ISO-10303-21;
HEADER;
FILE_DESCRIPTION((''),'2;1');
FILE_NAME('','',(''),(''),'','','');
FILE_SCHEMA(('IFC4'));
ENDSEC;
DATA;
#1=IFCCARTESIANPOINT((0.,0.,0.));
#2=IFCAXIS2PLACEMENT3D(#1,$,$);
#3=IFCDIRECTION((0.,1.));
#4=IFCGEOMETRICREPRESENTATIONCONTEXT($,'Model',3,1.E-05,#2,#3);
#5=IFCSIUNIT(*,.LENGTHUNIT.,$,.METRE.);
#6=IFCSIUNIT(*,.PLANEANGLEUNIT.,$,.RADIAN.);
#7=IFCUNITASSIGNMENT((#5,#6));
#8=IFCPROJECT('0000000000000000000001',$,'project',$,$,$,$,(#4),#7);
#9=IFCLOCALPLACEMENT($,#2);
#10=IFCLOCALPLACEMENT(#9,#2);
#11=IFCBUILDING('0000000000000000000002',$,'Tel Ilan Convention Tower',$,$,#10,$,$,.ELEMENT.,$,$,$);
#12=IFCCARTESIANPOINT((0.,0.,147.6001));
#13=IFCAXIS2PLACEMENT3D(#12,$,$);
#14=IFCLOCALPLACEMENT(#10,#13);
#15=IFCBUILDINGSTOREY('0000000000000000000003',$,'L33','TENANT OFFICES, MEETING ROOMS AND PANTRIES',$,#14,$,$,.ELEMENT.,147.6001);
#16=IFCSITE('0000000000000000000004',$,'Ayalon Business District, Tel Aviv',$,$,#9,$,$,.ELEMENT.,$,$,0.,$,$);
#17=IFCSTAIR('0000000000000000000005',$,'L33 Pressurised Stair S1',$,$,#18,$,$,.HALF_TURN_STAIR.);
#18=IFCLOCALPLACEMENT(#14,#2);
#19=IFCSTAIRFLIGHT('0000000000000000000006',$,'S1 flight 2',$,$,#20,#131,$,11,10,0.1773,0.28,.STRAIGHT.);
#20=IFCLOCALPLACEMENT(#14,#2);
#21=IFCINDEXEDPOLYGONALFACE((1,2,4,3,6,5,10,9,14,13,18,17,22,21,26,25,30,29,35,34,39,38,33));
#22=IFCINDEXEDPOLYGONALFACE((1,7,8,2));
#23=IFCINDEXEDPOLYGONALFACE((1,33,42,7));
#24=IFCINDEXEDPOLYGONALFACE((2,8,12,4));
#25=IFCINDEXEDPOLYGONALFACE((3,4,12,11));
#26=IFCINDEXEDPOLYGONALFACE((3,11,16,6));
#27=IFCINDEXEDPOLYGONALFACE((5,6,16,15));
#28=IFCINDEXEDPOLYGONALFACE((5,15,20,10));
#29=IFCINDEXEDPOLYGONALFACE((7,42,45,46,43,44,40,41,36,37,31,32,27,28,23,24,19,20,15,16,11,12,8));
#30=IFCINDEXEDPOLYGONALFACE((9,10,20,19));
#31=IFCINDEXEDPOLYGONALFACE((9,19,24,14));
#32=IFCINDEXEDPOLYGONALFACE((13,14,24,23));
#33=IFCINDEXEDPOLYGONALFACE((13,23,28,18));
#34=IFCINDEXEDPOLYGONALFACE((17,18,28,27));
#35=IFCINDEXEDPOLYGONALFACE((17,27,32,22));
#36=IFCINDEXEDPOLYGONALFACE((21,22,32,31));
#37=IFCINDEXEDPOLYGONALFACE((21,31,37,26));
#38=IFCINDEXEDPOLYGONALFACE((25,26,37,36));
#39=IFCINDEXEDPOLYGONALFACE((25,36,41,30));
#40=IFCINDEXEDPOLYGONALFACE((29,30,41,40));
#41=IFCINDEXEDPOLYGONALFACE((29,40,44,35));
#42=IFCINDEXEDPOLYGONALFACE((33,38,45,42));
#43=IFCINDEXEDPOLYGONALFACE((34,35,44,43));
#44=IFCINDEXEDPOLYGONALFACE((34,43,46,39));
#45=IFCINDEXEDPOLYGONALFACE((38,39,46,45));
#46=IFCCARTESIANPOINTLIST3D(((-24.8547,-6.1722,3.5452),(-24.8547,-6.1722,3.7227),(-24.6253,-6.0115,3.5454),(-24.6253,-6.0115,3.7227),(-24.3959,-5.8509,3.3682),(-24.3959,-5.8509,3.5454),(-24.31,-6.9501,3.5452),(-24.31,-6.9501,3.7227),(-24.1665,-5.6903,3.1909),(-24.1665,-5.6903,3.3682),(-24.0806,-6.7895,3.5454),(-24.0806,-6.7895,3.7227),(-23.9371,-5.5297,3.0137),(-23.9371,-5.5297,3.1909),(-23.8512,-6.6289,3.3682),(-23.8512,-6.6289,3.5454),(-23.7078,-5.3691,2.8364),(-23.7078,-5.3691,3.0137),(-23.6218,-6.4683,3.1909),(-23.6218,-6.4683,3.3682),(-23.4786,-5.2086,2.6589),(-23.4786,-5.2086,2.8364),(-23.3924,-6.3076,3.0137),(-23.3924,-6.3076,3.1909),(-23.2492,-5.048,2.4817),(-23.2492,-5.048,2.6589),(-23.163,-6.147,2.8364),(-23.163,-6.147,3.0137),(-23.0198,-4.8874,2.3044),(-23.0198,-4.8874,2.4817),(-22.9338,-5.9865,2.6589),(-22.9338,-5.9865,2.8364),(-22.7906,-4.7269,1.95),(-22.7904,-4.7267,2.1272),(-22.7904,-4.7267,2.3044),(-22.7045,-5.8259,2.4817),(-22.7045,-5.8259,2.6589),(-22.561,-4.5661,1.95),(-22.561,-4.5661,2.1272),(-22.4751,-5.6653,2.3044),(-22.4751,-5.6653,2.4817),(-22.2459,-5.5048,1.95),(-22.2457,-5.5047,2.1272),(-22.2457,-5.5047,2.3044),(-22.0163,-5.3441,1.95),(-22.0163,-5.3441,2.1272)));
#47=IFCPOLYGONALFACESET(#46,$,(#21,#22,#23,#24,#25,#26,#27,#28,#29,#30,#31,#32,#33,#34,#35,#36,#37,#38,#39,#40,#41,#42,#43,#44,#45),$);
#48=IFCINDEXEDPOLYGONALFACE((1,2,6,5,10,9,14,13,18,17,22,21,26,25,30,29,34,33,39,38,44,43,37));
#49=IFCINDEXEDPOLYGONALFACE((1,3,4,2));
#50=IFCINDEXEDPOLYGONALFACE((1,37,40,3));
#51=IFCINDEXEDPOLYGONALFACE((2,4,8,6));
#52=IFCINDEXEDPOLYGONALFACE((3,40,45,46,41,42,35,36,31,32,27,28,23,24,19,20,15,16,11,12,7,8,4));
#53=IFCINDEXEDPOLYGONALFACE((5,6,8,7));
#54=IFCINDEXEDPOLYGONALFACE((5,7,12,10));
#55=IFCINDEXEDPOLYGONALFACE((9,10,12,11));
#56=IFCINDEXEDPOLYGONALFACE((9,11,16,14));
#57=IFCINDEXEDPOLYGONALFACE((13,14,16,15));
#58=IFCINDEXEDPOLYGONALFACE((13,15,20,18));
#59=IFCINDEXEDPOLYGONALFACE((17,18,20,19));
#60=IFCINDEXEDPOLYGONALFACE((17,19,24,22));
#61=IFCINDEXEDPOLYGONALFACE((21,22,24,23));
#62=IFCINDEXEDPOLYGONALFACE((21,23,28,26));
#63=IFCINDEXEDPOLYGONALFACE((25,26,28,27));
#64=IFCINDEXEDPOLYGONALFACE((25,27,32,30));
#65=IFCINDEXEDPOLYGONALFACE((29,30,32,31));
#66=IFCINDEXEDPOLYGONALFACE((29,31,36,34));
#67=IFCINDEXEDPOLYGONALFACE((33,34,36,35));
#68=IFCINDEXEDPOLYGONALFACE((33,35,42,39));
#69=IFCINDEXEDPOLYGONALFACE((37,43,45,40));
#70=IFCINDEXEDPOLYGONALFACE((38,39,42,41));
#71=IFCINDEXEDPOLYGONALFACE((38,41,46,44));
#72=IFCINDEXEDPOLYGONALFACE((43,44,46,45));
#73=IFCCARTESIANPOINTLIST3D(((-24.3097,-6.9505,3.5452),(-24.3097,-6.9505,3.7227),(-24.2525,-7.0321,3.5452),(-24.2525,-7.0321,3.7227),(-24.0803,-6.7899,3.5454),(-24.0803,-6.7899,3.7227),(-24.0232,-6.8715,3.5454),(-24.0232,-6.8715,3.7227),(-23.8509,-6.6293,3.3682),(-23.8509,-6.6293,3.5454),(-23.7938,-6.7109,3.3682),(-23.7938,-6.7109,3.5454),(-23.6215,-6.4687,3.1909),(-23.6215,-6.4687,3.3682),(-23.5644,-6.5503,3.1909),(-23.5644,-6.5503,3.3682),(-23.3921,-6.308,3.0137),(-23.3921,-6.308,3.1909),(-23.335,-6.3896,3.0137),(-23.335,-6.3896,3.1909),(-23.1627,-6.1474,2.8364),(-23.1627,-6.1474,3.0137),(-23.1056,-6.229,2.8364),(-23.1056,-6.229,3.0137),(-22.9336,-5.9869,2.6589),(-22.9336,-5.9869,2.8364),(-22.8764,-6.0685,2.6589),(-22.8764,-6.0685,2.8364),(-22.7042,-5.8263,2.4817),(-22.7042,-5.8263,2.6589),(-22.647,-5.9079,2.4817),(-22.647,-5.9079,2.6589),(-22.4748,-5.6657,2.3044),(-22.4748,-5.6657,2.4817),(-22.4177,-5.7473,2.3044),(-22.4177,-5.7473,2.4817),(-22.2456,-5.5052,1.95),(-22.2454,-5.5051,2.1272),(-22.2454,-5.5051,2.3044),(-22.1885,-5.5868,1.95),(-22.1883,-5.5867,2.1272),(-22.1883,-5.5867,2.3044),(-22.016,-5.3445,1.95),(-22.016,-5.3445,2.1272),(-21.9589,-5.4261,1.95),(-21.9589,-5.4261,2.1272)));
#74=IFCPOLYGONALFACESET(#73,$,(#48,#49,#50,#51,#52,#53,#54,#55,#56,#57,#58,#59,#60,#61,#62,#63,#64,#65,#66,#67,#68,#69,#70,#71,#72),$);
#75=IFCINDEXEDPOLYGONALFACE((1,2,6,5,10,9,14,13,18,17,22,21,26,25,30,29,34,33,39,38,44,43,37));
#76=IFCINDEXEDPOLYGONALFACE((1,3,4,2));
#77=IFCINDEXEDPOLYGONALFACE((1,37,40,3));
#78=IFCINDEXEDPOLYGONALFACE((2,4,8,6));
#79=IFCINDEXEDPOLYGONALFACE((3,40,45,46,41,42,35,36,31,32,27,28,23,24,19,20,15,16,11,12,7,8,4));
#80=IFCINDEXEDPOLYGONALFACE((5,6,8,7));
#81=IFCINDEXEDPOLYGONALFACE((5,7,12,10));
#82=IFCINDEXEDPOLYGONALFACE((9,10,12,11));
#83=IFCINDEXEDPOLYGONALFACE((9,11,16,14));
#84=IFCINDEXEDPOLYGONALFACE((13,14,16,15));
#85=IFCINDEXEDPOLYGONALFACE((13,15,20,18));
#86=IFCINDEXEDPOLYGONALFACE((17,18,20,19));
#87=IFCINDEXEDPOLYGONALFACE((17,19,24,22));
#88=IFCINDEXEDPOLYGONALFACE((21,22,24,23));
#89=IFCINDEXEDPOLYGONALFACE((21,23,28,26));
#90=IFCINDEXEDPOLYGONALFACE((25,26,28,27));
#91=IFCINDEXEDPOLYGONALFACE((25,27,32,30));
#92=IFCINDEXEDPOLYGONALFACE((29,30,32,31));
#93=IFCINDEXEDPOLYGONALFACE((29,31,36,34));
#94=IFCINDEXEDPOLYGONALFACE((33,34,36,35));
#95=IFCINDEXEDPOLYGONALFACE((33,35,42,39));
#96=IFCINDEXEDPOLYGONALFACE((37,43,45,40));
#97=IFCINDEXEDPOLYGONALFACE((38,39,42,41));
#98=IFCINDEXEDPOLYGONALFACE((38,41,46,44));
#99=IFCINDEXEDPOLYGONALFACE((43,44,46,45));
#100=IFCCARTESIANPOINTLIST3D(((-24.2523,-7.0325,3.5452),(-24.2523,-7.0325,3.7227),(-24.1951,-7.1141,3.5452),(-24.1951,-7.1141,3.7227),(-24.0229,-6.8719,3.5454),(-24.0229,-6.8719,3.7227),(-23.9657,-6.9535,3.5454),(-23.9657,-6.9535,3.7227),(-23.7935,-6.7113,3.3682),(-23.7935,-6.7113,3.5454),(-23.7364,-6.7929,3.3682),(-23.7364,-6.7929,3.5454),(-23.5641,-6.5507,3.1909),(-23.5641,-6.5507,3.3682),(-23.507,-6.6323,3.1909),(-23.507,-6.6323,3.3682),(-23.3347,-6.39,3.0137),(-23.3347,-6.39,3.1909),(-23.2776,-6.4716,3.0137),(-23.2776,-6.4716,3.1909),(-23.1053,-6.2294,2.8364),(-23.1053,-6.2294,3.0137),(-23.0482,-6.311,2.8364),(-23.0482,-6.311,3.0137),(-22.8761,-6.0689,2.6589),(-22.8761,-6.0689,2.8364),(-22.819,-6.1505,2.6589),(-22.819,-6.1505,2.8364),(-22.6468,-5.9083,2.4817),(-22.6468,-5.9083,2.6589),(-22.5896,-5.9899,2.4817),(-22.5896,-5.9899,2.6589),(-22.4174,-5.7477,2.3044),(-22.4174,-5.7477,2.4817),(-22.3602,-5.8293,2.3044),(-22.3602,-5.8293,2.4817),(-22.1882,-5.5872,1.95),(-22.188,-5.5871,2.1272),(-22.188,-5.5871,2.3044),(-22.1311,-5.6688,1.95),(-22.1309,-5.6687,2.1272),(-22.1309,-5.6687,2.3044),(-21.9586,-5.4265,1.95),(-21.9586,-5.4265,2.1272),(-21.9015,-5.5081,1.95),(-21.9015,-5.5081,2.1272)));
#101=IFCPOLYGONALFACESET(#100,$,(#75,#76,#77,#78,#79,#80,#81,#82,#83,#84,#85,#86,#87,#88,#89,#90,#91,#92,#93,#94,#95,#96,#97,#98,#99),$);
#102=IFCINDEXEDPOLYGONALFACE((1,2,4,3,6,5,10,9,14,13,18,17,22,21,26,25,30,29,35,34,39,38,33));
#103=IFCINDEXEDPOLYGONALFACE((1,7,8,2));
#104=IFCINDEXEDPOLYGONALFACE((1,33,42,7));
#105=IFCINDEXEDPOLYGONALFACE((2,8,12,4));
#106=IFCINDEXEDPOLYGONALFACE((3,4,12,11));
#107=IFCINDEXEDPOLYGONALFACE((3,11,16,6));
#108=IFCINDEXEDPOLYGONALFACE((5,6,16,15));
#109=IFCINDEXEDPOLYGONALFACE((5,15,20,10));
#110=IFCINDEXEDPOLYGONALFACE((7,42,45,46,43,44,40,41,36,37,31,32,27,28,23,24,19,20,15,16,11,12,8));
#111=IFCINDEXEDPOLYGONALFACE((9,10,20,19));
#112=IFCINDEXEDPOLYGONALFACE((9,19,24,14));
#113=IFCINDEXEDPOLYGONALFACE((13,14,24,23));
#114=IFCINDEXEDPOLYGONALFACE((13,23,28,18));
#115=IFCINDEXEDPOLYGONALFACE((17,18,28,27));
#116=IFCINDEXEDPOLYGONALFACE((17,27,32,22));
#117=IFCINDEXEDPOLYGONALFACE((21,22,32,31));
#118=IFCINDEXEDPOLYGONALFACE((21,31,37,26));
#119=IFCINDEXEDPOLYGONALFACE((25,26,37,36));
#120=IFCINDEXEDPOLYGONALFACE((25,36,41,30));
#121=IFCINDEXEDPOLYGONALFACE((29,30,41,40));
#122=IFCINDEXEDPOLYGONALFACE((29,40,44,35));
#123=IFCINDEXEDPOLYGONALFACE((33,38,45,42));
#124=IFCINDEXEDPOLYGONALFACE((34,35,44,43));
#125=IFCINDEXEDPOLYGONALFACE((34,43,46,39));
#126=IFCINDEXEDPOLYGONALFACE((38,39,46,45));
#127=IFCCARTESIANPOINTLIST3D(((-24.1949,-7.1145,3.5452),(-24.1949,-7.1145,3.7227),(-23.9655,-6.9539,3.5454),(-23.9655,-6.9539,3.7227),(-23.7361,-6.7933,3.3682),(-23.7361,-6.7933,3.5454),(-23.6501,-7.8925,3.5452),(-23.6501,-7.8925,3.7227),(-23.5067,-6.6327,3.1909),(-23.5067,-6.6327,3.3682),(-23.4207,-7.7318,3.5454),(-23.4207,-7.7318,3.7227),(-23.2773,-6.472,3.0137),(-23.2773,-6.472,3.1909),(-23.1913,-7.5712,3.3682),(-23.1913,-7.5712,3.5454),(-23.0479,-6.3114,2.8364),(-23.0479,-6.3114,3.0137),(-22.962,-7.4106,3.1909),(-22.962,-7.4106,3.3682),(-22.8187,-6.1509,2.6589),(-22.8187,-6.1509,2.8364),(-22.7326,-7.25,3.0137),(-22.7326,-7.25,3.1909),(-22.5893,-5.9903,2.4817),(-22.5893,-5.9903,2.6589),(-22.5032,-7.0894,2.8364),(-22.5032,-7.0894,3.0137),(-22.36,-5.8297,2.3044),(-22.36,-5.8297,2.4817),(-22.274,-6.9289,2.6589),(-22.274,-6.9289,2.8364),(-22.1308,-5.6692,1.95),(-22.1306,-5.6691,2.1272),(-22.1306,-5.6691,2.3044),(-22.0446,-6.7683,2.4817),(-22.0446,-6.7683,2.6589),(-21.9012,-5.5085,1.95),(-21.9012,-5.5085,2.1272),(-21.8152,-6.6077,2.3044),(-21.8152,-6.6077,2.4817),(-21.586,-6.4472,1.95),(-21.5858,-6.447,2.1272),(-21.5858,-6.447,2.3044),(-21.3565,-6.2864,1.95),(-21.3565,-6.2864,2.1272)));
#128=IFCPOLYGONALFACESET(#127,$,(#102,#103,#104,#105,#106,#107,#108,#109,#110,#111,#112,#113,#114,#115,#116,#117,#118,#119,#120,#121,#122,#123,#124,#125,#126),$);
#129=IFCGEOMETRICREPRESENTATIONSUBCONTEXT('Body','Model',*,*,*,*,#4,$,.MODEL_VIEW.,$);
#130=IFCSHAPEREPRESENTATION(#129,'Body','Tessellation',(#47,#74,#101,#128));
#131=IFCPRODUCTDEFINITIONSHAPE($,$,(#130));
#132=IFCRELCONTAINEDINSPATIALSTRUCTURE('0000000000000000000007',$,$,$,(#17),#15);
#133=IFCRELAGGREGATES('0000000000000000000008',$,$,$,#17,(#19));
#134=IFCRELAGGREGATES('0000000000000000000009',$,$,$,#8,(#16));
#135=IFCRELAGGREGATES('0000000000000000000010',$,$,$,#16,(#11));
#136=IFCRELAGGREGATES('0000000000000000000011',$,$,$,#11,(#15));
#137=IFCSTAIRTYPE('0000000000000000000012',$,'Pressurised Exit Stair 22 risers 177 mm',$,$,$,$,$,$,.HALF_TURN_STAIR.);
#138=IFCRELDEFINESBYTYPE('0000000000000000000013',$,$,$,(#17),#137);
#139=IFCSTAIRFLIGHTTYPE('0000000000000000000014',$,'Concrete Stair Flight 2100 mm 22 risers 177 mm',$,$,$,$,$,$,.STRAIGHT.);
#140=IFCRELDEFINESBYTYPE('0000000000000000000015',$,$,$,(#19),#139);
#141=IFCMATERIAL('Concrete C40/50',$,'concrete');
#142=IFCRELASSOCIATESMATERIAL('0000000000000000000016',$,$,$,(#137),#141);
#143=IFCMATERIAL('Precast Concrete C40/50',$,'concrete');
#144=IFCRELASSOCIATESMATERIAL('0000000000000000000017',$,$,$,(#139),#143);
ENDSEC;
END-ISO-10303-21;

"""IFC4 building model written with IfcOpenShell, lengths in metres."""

from ifc_helpers import new_model, si_unit, direction, frame, origin, place, context, subcontext, project, spatial, polyline, outline, extrude, material, type_object, element, aggregate, save


model = new_model("IFC4")

# Units and contexts
model_context = context("Model", 3, precision=1e-05, world=origin(), true_north=direction((0.0, 1.0)))
body_context = subcontext(model_context, "Body", "Model", "MODEL_VIEW")
ifc_project = project(units=[si_unit("LENGTHUNIT", "METRE"), si_unit("PLANEANGLEUNIT", "RADIAN")], contexts=[model_context])

# Site, building, storey
site_placement = place(None, origin())
site = spatial("IfcSite", under=ifc_project, at=site_placement, Name="Ayalon Business District, Tel Aviv", CompositionType="ELEMENT", RefElevation=0.0)
building_placement = place(site_placement, origin())
building = spatial("IfcBuilding", under=site, at=building_placement, Name="Tel Ilan Convention Tower", CompositionType="ELEMENT")
storey_placement = place(building_placement, frame((0.0, 0.0, 147.6001)))
storey = spatial("IfcBuildingStorey", under=building, at=storey_placement, Name="L33", Description="TENANT OFFICES, MEETING ROOMS AND PANTRIES", CompositionType="ELEMENT", Elevation=147.6001)

# Stair, stair flight
ifc_material_1 = material(Name="Concrete C40/50", Category="concrete")
stair_type = type_object("IfcStairType", Name="Pressurised Exit Stair 22 risers 177 mm", PredefinedType="HALF_TURN_STAIR", material=ifc_material_1)
stair_1_placement = place(storey_placement, origin())
stair_1 = element("IfcStair", 1, at=stair_1_placement, inside=storey, type_object=stair_type, Name="L33 Pressurised Stair S1", PredefinedType="HALF_TURN_STAIR")
ifc_material_2 = material(Name="Precast Concrete C40/50", Category="concrete")
stair_flight_type = type_object("IfcStairFlightType", Name="Concrete Stair Flight 2100 mm 22 risers 177 mm", PredefinedType="STRAIGHT", material=ifc_material_2)
stair_flight_1_placement = place(storey_placement, frame((-21.9587, -5.4263, 1.95), z_axis=(0.0, 0.0, 1.0), x_axis=(-0.819152, -0.573576, 0.0)))
stair_flight_1 = element("IfcStairFlight", 2, at=stair_flight_1_placement, type_object=stair_flight_type, Name="S1 flight 2", NumberOfRisers=11, NumberOfTreads=10, PredefinedType="STRAIGHT", RiserHeight=0.1773, TreadLength=0.28, context=body_context, shape_type="SweptSolid", body=[
    extrude(outline(polyline([(0.0, 0.0), (0.0, 0.1772), (0.28, 0.1772), (0.28, 0.3545), (0.5601, 0.3545), (0.5601, 0.5317), (0.8401, 0.5317), (0.8401, 0.709), (1.1201, 0.709), (1.1201, 0.8865), (1.3999, 0.8865), (1.3999, 1.0637), (1.6799, 1.0637), (1.6799, 1.241), (1.96, 1.241), (1.96, 1.4182), (2.24, 1.4182), (2.24, 1.5955), (2.52, 1.5955), (2.52, 1.7727), (2.8, 1.7727), (2.8, 1.95), (2.8, 1.5952), (0.2803, 0.0), (0.0, 0.0)])), frame((0.0, -0.1003, 0.0), z_axis=(0.0, -1.0, 0.0), x_axis=(1.0, 0.0, 0.0)), (0.0, 0.0, 1.0), 0.9497),
    extrude(outline(polyline([(0.0, 0.0), (0.0, 0.1772), (0.28, 0.1772), (0.28, 0.3545), (0.5601, 0.3545), (0.5601, 0.5317), (0.8401, 0.5317), (0.8401, 0.709), (1.1201, 0.709), (1.1201, 0.8865), (1.3999, 0.8865), (1.3999, 1.0637), (1.6799, 1.0637), (1.6799, 1.241), (1.96, 1.241), (1.96, 1.4182), (2.24, 1.4182), (2.24, 1.5955), (2.52, 1.5955), (2.52, 1.7727), (2.8, 1.7727), (2.8, 1.95), (2.8, 1.5952), (0.2803, 0.0), (0.0, 0.0)])), frame((0.0, -0.0002, 0.0), z_axis=(0.0, -1.0, 0.0), x_axis=(1.0, 0.0, 0.0)), (0.0, 0.0, 1.0), 0.0996),
    extrude(outline(polyline([(0.0, 0.0), (0.0, 0.1772), (0.28, 0.1772), (0.28, 0.3545), (0.5601, 0.3545), (0.5601, 0.5317), (0.8401, 0.5317), (0.8401, 0.709), (1.1201, 0.709), (1.1201, 0.8865), (1.3999, 0.8865), (1.3999, 1.0637), (1.6799, 1.0637), (1.6799, 1.241), (1.96, 1.241), (1.96, 1.4182), (2.24, 1.4182), (2.24, 1.5955), (2.52, 1.5955), (2.52, 1.7727), (2.8, 1.7727), (2.8, 1.95), (2.8, 1.5952), (0.2803, 0.0), (0.0, 0.0)])), frame((0.0, 0.0999, 0.0), z_axis=(0.0, -1.0, 0.0), x_axis=(1.0, 0.0, 0.0)), (0.0, 0.0, 1.0), 0.0996),
    extrude(outline(polyline([(0.0, 0.0), (0.0, 0.1772), (0.28, 0.1772), (0.28, 0.3545), (0.5601, 0.3545), (0.5601, 0.5317), (0.8401, 0.5317), (0.8401, 0.709), (1.1201, 0.709), (1.1201, 0.8865), (1.3999, 0.8865), (1.3999, 1.0637), (1.6799, 1.0637), (1.6799, 1.241), (1.96, 1.241), (1.96, 1.4182), (2.24, 1.4182), (2.24, 1.5955), (2.52, 1.5955), (2.52, 1.7727), (2.8, 1.7727), (2.8, 1.95), (2.8, 1.5952), (0.2803, 0.0), (0.0, 0.0)])), frame((0.0, 1.05, 0.0), z_axis=(0.0, -1.0, 0.0), x_axis=(1.0, 0.0, 0.0)), (0.0, 0.0, 1.0), 0.9497),
])
aggregate(stair_1, [stair_flight_1])

save(model, "model.ifc")
